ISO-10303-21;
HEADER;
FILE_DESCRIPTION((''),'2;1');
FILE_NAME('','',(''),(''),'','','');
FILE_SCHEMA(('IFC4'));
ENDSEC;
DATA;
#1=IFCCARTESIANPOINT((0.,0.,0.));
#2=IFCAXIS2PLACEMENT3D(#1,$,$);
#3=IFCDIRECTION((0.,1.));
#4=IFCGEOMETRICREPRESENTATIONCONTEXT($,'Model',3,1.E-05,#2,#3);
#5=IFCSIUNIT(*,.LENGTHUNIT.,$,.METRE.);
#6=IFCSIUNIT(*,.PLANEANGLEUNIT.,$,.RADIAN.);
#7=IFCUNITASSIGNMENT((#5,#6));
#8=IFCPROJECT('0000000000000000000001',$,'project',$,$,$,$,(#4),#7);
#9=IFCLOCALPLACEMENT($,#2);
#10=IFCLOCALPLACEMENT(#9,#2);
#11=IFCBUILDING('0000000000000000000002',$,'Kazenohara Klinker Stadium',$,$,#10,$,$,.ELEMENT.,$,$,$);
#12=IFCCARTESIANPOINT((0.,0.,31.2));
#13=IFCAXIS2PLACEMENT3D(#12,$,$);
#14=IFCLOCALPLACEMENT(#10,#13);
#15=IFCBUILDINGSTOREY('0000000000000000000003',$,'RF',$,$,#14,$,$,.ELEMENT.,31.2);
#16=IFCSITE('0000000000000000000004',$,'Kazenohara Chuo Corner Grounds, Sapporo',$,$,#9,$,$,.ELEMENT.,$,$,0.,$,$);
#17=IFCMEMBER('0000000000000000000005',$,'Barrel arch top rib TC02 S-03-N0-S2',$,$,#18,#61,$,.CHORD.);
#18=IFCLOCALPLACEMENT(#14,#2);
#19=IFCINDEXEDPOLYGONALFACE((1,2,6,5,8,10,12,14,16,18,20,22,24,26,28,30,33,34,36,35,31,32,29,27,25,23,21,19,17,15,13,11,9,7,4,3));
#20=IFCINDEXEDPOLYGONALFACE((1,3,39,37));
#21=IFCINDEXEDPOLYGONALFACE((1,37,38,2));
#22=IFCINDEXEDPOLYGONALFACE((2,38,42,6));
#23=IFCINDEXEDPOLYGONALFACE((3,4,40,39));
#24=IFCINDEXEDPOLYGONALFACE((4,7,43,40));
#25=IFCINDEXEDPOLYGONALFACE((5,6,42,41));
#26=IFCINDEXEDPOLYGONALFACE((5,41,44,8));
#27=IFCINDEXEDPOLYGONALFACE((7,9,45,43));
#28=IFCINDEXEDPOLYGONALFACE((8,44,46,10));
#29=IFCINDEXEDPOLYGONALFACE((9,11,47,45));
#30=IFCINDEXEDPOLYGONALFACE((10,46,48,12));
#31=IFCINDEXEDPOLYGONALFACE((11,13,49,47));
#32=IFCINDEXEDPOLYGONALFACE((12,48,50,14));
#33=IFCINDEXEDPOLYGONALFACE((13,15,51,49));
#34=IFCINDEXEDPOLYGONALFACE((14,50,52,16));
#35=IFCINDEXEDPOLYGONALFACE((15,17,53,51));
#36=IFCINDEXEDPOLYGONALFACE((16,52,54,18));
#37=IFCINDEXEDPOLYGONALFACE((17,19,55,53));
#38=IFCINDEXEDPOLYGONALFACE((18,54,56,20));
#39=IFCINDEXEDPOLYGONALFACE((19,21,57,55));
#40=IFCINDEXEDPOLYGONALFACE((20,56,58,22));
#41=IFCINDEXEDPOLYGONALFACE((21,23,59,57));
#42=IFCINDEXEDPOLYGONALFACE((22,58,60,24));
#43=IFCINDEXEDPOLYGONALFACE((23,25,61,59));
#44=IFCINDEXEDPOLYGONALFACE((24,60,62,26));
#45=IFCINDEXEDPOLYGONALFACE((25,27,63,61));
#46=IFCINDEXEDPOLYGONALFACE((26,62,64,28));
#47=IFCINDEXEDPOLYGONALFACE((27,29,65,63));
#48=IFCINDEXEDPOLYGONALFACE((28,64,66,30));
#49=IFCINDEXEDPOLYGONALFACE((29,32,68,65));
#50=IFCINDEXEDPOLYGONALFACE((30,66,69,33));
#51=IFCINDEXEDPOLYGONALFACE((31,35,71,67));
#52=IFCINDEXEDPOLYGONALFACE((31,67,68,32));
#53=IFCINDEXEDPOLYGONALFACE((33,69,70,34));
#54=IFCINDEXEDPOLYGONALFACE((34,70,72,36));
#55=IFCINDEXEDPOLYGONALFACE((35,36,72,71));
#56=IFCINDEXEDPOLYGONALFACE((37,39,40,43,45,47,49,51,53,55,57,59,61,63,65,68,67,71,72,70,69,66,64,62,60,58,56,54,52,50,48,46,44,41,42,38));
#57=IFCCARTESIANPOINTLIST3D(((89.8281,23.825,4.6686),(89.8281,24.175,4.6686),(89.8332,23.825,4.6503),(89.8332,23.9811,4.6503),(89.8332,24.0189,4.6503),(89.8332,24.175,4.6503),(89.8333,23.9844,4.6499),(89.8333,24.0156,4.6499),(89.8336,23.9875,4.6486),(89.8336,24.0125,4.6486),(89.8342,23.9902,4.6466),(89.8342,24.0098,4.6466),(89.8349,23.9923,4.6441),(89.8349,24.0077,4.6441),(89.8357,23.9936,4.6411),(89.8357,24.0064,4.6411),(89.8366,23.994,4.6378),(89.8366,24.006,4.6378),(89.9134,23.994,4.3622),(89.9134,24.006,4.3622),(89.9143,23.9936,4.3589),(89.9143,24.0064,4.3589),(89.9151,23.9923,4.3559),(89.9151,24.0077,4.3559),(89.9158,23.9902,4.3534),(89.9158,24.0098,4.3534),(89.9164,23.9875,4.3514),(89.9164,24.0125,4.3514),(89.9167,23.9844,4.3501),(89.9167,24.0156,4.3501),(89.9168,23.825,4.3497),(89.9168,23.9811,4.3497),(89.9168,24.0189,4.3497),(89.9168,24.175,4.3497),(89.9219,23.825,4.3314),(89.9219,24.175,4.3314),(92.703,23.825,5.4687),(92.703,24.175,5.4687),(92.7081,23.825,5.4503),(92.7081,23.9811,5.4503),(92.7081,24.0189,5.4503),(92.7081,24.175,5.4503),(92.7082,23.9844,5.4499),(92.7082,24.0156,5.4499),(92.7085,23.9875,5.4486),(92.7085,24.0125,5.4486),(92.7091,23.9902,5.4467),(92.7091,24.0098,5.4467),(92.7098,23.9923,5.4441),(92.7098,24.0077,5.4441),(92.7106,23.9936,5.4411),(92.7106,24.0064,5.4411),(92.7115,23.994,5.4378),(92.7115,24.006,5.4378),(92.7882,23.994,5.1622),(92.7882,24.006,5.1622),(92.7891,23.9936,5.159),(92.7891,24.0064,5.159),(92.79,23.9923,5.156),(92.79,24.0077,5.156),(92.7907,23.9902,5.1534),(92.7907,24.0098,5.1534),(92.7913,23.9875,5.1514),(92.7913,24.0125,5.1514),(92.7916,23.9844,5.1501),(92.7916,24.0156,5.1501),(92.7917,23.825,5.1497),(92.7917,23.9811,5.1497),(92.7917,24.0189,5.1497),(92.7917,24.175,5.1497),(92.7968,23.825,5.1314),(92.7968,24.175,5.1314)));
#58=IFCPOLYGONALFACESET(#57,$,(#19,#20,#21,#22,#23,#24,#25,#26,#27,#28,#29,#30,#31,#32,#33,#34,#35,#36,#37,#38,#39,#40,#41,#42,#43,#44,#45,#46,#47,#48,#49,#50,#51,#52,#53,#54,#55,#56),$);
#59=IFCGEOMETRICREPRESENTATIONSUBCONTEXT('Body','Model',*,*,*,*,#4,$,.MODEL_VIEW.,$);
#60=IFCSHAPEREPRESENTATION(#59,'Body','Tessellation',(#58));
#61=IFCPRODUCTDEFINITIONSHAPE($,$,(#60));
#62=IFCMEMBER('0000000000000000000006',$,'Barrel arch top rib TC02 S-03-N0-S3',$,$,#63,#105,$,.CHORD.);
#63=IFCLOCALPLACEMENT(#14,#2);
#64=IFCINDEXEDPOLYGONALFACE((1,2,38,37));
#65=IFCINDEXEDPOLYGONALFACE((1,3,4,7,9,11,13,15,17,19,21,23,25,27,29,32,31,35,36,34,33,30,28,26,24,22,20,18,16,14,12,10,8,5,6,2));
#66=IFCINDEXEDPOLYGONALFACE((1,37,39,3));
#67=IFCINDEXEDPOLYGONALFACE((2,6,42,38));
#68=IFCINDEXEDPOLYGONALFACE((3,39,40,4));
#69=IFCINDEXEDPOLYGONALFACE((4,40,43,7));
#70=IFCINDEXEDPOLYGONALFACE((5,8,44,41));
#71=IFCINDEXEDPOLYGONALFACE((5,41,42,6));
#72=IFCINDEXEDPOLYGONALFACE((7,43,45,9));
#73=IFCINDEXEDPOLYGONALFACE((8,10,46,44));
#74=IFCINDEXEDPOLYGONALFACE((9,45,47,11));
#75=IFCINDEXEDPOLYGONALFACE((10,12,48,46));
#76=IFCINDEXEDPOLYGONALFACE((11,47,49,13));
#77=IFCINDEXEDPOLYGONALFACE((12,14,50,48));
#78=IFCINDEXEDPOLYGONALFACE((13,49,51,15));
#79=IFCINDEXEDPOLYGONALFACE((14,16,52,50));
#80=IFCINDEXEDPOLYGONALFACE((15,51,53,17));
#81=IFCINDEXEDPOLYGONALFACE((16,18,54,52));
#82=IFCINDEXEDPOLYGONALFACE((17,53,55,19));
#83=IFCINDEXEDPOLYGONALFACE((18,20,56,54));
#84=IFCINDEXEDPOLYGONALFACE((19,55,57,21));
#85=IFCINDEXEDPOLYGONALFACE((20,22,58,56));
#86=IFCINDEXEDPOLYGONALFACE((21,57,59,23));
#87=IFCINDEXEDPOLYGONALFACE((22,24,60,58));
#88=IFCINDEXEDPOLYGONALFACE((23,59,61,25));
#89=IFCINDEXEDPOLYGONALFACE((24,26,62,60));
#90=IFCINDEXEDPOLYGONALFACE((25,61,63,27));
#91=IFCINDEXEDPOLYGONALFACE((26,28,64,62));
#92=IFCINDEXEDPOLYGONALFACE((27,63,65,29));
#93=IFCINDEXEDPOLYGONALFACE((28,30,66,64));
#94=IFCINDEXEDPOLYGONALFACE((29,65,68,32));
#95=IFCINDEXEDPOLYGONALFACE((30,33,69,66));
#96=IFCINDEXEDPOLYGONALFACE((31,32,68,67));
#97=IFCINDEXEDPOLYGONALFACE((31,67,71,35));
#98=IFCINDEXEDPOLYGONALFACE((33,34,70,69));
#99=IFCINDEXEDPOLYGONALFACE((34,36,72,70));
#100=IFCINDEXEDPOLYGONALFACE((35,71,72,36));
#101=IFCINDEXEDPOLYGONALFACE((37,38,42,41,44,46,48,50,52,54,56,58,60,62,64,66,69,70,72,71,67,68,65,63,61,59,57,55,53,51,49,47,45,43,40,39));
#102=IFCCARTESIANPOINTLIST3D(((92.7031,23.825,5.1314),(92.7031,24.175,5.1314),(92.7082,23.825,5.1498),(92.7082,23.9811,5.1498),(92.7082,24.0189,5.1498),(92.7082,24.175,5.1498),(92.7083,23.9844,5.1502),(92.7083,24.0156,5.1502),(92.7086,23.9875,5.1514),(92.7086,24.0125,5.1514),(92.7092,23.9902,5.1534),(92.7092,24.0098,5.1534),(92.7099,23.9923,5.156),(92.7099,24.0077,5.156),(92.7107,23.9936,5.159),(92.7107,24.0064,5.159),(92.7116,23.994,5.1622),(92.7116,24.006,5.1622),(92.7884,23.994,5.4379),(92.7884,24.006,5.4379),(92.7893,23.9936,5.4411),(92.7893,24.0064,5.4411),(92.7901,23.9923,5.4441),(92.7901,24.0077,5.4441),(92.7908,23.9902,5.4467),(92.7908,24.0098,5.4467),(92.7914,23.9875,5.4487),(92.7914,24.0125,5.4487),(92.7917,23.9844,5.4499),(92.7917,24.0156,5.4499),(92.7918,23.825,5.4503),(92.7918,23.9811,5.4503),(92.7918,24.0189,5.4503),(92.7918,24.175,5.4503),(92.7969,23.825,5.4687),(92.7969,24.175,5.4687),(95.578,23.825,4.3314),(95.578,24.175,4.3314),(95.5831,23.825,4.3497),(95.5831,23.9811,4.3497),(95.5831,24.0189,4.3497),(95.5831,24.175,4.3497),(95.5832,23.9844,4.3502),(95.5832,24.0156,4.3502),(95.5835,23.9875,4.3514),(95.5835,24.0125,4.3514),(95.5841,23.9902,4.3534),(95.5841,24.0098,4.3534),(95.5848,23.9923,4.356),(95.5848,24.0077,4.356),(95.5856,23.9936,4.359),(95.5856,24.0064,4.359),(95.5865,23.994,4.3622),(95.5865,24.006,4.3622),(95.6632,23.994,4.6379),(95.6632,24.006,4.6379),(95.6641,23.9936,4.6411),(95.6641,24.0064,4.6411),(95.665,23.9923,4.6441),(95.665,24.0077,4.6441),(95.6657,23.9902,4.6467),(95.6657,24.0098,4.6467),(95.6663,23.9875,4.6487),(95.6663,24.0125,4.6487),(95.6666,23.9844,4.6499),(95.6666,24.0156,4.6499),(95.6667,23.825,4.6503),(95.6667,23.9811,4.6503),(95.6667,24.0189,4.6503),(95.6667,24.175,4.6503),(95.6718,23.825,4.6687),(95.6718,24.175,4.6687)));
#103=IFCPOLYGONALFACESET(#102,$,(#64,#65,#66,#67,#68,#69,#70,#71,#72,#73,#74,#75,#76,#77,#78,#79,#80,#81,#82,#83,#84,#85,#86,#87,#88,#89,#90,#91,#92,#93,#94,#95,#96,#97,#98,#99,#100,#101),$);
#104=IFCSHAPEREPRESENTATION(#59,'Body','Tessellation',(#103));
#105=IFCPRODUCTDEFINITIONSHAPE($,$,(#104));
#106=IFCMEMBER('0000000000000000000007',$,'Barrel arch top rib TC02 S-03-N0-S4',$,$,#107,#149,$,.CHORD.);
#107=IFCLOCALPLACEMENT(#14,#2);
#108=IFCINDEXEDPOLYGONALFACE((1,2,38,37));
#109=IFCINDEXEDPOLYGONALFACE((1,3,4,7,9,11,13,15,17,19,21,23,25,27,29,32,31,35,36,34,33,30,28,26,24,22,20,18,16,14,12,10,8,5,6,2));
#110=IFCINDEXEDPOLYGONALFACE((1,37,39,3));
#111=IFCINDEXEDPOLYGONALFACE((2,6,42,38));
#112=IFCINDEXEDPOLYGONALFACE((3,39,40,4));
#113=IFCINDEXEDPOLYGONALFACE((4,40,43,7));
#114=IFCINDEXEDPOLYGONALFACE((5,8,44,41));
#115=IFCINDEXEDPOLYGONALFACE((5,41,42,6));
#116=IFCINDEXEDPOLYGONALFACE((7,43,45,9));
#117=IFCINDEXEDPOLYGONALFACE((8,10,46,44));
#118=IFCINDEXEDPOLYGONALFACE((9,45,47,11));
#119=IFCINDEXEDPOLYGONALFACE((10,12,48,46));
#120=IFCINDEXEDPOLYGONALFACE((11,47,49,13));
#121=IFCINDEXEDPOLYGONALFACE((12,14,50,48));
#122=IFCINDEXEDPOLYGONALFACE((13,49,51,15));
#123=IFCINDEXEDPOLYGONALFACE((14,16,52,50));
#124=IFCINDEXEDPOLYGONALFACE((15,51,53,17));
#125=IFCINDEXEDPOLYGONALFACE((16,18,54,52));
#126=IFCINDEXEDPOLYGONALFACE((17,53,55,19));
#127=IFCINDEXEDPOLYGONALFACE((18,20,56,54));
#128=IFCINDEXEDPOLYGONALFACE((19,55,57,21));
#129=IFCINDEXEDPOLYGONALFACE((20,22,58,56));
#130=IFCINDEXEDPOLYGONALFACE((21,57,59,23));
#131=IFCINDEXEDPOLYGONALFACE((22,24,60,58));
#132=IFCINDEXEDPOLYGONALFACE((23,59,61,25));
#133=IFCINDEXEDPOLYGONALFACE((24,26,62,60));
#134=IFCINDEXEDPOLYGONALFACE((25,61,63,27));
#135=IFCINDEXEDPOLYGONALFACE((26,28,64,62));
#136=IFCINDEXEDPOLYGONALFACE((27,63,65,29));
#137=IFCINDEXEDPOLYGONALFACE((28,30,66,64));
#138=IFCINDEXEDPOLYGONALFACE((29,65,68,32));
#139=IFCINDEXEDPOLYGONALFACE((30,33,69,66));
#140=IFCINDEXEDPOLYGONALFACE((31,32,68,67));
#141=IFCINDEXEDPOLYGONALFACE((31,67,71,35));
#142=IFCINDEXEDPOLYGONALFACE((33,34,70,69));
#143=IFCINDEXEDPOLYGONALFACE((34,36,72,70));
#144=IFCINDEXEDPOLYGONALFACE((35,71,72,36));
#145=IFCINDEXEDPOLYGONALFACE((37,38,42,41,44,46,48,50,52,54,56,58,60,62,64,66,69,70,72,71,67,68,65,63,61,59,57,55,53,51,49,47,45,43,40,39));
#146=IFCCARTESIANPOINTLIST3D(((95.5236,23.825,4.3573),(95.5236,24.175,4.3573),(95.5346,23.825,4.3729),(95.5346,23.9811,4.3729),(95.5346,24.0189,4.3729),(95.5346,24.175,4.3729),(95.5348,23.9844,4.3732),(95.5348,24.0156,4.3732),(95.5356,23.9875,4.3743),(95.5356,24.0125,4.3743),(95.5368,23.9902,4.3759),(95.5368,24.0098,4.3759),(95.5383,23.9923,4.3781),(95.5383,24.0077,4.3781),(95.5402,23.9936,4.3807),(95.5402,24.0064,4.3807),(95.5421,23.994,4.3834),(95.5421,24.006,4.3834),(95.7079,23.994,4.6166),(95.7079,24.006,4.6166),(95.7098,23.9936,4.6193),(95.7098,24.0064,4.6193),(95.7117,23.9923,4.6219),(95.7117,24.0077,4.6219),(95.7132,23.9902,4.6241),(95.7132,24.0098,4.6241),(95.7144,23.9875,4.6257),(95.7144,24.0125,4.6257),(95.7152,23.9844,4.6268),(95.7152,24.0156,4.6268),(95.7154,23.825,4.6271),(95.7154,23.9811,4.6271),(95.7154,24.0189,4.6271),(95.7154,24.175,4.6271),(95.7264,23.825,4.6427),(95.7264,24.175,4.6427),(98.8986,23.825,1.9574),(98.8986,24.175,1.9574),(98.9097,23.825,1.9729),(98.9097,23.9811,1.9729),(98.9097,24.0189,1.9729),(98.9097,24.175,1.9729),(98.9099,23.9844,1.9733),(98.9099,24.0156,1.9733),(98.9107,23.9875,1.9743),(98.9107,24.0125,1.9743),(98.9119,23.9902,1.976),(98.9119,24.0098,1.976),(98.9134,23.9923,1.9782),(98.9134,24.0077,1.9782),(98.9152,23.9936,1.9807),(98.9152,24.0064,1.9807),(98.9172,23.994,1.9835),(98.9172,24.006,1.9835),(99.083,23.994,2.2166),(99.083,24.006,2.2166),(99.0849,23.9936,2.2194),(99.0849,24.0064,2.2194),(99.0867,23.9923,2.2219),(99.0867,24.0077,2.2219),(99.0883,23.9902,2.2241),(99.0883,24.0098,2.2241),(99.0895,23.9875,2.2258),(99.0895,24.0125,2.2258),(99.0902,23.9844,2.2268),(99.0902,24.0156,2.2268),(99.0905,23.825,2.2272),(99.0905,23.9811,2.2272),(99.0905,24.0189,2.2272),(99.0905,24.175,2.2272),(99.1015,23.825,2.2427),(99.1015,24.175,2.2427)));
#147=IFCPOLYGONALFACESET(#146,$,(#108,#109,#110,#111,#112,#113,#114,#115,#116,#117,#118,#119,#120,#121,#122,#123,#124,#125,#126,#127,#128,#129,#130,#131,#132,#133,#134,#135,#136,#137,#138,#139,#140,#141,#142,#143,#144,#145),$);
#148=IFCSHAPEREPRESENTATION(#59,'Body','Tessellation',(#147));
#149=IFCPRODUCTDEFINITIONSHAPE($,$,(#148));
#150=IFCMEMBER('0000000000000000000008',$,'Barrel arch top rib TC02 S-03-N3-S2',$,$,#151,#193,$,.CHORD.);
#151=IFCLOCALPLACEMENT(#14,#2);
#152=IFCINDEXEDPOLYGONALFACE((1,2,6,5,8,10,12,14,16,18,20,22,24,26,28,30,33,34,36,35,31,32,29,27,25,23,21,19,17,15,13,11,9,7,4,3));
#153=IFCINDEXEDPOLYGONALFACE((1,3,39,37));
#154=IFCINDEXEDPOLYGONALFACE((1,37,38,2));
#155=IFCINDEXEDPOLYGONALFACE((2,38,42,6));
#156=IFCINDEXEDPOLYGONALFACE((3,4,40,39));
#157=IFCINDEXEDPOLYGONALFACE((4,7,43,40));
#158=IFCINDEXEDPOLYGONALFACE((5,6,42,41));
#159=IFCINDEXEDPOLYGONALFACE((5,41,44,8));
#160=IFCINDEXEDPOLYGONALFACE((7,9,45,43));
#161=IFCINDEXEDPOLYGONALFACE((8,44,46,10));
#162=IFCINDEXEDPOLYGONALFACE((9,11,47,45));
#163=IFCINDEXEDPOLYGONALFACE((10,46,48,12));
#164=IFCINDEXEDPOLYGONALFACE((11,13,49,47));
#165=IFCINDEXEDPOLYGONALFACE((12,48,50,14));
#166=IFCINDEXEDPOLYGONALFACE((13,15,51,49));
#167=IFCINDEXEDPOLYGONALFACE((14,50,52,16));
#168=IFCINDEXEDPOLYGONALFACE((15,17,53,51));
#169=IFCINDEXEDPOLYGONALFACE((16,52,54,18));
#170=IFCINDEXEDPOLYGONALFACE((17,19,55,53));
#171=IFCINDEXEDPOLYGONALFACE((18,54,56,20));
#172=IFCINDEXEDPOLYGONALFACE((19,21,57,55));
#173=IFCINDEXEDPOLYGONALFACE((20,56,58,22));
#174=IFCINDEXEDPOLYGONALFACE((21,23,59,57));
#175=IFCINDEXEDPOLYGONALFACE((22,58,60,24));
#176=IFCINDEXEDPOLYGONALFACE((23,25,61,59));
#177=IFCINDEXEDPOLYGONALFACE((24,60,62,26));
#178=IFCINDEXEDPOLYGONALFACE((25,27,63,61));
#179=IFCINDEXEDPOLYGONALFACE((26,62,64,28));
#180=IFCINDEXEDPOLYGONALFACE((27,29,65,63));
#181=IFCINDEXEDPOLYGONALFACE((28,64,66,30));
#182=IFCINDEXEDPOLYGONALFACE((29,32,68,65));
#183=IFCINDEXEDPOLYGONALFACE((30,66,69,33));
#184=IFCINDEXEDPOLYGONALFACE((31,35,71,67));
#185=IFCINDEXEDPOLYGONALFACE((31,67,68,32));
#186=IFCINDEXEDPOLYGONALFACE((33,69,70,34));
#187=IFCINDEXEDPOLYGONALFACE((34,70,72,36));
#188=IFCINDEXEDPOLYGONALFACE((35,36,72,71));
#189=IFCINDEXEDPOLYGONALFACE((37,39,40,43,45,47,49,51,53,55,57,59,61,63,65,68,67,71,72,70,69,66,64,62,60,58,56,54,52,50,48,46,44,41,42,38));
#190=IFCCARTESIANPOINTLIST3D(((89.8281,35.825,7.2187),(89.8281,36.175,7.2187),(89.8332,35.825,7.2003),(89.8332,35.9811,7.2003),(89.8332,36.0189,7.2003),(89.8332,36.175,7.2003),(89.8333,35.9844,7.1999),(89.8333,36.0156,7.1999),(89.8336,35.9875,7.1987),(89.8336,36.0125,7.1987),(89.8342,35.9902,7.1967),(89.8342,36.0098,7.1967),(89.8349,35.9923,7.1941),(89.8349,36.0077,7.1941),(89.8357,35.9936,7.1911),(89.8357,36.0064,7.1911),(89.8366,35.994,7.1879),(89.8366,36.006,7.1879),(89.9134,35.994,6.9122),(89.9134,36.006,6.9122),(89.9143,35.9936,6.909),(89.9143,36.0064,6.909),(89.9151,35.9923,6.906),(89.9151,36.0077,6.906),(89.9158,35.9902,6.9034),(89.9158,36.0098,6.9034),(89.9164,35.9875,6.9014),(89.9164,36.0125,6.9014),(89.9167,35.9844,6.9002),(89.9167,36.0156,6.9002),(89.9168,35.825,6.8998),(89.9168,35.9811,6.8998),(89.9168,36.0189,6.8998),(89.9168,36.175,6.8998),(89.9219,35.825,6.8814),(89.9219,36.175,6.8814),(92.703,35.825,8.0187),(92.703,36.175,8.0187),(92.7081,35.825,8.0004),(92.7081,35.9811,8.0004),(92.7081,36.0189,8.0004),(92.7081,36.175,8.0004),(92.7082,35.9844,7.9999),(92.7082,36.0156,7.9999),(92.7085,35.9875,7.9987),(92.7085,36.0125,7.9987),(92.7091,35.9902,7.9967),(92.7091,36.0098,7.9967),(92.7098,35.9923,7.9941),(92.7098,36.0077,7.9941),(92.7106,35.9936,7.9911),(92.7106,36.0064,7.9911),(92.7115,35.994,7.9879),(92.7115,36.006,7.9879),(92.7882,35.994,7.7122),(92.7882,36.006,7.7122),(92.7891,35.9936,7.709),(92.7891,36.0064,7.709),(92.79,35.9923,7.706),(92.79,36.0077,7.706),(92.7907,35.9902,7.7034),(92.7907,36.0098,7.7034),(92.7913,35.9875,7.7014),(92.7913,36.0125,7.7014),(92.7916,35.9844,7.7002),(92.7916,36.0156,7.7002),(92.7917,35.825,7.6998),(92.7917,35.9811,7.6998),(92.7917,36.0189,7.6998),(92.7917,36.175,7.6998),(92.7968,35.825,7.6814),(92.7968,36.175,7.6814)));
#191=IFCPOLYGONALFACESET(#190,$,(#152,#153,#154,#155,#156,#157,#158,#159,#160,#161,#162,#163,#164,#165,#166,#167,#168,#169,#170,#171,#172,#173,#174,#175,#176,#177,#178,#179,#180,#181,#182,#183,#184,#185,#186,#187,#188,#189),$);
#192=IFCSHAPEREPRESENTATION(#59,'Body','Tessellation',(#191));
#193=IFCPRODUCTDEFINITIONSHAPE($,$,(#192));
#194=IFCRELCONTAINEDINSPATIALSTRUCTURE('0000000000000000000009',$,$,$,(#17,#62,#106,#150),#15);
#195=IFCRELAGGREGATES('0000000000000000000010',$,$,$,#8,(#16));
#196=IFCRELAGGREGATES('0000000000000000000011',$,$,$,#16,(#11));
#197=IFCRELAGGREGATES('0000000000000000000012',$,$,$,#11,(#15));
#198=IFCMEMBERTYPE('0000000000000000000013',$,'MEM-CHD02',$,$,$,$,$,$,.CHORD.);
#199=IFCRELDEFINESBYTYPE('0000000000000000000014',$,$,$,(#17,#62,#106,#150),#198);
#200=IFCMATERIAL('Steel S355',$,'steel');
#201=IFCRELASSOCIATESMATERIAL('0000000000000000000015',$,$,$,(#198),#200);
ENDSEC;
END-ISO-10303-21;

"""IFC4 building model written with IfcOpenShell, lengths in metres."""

from ifc_helpers import new_model, si_unit, direction, frame, origin, origin_2d, place, context, subcontext, project, spatial, i_section, extrude, material, material_profile, profile_set, type_object, element, save


model = new_model("IFC4")

# Units and contexts
model_context = context("Model", 3, precision=1e-05, world=origin(), true_north=direction((0.0, 1.0)))
body_context = subcontext(model_context, "Body", "Model", "MODEL_VIEW")
ifc_project = project(units=[si_unit("LENGTHUNIT", "METRE"), si_unit("PLANEANGLEUNIT", "RADIAN")], contexts=[model_context])

# Site, building, storey
site_placement = place(None, origin())
site = spatial("IfcSite", under=ifc_project, at=site_placement, Name="Kazenohara Chuo Corner Grounds, Sapporo", CompositionType="ELEMENT", RefElevation=0.0)
building_placement = place(site_placement, origin())
building = spatial("IfcBuilding", under=site, at=building_placement, Name="Kazenohara Klinker Stadium", CompositionType="ELEMENT")
storey_placement = place(building_placement, frame((0.0, 0.0, 31.2)))
storey = spatial("IfcBuildingStorey", under=building, at=storey_placement, Name="RF", CompositionType="ELEMENT", Elevation=31.2)

# Members
ifc_material_1 = material(Name="Steel S355", Category="steel")
ifc_material_profile_1 = material_profile(ifc_material_1, i_section(OverallWidth=0.3501, OverallDepth=0.3501, WebThickness=0.012, FlangeThickness=0.019, FilletRadius=0.0129, at=origin_2d()), Name="H-350x350x12x19")
ifc_profile_set_1 = profile_set([ifc_material_profile_1], Name="Steel S355")
member_type_1 = type_object("IfcMemberType", Name="MEM-CHD02", PredefinedType="CHORD", material=ifc_profile_set_1)
for number, where, z_axis, x_axis, name in (
    (1, (89.875, 24.0, 4.5), (0.963394, 0.0, 0.268091), (0.0, 1.0, 0.0), "Barrel arch top rib TC02 S-03-N0-S2"),
    (2, (92.75, 24.0, 5.3), (0.963394, 0.0, -0.268091), (0.0, 1.0, 0.0), "Barrel arch top rib TC02 S-03-N0-S3"),
):
    element("IfcMember", number, at=place(storey_placement, frame(where, z_axis=z_axis, x_axis=x_axis)), inside=storey, type_object=member_type_1, Name=name, PredefinedType="CHORD", context=body_context, shape_type="SweptSolid", body=[
        extrude(i_section(OverallWidth=0.3501, OverallDepth=0.3501, WebThickness=0.012, FlangeThickness=0.019, FilletRadius=0.0129, at=origin_2d()), origin(), (0.0, 0.0, 1.0), 2.9841),
    ])
member_1_placement = place(storey_placement, frame((95.625, 24.0, 4.5), z_axis=(0.814966, 0.0, -0.579508), x_axis=(0.0, 1.0, 0.0)))
element("IfcMember", 3, at=member_1_placement, inside=storey, type_object=member_type_1, Name="Barrel arch top rib TC02 S-03-N0-S4", PredefinedType="CHORD", context=body_context, shape_type="SweptSolid", body=[
    extrude(i_section(OverallWidth=0.3501, OverallDepth=0.3501, WebThickness=0.012, FlangeThickness=0.019, FilletRadius=0.0129, at=origin_2d()), origin(), (0.0, 0.0, 1.0), 4.1414),
])
member_2_placement = place(storey_placement, frame((89.875, 36.0, 7.05), z_axis=(0.963394, 0.0, 0.268091), x_axis=(0.0, 1.0, 0.0)))
element("IfcMember", 4, at=member_2_placement, inside=storey, type_object=member_type_1, Name="Barrel arch top rib TC02 S-03-N3-S2", PredefinedType="CHORD", context=body_context, shape_type="SweptSolid", body=[
    extrude(i_section(OverallWidth=0.3501, OverallDepth=0.3501, WebThickness=0.012, FlangeThickness=0.019, FilletRadius=0.0129, at=origin_2d()), origin(), (0.0, 0.0, 1.0), 2.9841),
])

save(model, "model.ifc")
